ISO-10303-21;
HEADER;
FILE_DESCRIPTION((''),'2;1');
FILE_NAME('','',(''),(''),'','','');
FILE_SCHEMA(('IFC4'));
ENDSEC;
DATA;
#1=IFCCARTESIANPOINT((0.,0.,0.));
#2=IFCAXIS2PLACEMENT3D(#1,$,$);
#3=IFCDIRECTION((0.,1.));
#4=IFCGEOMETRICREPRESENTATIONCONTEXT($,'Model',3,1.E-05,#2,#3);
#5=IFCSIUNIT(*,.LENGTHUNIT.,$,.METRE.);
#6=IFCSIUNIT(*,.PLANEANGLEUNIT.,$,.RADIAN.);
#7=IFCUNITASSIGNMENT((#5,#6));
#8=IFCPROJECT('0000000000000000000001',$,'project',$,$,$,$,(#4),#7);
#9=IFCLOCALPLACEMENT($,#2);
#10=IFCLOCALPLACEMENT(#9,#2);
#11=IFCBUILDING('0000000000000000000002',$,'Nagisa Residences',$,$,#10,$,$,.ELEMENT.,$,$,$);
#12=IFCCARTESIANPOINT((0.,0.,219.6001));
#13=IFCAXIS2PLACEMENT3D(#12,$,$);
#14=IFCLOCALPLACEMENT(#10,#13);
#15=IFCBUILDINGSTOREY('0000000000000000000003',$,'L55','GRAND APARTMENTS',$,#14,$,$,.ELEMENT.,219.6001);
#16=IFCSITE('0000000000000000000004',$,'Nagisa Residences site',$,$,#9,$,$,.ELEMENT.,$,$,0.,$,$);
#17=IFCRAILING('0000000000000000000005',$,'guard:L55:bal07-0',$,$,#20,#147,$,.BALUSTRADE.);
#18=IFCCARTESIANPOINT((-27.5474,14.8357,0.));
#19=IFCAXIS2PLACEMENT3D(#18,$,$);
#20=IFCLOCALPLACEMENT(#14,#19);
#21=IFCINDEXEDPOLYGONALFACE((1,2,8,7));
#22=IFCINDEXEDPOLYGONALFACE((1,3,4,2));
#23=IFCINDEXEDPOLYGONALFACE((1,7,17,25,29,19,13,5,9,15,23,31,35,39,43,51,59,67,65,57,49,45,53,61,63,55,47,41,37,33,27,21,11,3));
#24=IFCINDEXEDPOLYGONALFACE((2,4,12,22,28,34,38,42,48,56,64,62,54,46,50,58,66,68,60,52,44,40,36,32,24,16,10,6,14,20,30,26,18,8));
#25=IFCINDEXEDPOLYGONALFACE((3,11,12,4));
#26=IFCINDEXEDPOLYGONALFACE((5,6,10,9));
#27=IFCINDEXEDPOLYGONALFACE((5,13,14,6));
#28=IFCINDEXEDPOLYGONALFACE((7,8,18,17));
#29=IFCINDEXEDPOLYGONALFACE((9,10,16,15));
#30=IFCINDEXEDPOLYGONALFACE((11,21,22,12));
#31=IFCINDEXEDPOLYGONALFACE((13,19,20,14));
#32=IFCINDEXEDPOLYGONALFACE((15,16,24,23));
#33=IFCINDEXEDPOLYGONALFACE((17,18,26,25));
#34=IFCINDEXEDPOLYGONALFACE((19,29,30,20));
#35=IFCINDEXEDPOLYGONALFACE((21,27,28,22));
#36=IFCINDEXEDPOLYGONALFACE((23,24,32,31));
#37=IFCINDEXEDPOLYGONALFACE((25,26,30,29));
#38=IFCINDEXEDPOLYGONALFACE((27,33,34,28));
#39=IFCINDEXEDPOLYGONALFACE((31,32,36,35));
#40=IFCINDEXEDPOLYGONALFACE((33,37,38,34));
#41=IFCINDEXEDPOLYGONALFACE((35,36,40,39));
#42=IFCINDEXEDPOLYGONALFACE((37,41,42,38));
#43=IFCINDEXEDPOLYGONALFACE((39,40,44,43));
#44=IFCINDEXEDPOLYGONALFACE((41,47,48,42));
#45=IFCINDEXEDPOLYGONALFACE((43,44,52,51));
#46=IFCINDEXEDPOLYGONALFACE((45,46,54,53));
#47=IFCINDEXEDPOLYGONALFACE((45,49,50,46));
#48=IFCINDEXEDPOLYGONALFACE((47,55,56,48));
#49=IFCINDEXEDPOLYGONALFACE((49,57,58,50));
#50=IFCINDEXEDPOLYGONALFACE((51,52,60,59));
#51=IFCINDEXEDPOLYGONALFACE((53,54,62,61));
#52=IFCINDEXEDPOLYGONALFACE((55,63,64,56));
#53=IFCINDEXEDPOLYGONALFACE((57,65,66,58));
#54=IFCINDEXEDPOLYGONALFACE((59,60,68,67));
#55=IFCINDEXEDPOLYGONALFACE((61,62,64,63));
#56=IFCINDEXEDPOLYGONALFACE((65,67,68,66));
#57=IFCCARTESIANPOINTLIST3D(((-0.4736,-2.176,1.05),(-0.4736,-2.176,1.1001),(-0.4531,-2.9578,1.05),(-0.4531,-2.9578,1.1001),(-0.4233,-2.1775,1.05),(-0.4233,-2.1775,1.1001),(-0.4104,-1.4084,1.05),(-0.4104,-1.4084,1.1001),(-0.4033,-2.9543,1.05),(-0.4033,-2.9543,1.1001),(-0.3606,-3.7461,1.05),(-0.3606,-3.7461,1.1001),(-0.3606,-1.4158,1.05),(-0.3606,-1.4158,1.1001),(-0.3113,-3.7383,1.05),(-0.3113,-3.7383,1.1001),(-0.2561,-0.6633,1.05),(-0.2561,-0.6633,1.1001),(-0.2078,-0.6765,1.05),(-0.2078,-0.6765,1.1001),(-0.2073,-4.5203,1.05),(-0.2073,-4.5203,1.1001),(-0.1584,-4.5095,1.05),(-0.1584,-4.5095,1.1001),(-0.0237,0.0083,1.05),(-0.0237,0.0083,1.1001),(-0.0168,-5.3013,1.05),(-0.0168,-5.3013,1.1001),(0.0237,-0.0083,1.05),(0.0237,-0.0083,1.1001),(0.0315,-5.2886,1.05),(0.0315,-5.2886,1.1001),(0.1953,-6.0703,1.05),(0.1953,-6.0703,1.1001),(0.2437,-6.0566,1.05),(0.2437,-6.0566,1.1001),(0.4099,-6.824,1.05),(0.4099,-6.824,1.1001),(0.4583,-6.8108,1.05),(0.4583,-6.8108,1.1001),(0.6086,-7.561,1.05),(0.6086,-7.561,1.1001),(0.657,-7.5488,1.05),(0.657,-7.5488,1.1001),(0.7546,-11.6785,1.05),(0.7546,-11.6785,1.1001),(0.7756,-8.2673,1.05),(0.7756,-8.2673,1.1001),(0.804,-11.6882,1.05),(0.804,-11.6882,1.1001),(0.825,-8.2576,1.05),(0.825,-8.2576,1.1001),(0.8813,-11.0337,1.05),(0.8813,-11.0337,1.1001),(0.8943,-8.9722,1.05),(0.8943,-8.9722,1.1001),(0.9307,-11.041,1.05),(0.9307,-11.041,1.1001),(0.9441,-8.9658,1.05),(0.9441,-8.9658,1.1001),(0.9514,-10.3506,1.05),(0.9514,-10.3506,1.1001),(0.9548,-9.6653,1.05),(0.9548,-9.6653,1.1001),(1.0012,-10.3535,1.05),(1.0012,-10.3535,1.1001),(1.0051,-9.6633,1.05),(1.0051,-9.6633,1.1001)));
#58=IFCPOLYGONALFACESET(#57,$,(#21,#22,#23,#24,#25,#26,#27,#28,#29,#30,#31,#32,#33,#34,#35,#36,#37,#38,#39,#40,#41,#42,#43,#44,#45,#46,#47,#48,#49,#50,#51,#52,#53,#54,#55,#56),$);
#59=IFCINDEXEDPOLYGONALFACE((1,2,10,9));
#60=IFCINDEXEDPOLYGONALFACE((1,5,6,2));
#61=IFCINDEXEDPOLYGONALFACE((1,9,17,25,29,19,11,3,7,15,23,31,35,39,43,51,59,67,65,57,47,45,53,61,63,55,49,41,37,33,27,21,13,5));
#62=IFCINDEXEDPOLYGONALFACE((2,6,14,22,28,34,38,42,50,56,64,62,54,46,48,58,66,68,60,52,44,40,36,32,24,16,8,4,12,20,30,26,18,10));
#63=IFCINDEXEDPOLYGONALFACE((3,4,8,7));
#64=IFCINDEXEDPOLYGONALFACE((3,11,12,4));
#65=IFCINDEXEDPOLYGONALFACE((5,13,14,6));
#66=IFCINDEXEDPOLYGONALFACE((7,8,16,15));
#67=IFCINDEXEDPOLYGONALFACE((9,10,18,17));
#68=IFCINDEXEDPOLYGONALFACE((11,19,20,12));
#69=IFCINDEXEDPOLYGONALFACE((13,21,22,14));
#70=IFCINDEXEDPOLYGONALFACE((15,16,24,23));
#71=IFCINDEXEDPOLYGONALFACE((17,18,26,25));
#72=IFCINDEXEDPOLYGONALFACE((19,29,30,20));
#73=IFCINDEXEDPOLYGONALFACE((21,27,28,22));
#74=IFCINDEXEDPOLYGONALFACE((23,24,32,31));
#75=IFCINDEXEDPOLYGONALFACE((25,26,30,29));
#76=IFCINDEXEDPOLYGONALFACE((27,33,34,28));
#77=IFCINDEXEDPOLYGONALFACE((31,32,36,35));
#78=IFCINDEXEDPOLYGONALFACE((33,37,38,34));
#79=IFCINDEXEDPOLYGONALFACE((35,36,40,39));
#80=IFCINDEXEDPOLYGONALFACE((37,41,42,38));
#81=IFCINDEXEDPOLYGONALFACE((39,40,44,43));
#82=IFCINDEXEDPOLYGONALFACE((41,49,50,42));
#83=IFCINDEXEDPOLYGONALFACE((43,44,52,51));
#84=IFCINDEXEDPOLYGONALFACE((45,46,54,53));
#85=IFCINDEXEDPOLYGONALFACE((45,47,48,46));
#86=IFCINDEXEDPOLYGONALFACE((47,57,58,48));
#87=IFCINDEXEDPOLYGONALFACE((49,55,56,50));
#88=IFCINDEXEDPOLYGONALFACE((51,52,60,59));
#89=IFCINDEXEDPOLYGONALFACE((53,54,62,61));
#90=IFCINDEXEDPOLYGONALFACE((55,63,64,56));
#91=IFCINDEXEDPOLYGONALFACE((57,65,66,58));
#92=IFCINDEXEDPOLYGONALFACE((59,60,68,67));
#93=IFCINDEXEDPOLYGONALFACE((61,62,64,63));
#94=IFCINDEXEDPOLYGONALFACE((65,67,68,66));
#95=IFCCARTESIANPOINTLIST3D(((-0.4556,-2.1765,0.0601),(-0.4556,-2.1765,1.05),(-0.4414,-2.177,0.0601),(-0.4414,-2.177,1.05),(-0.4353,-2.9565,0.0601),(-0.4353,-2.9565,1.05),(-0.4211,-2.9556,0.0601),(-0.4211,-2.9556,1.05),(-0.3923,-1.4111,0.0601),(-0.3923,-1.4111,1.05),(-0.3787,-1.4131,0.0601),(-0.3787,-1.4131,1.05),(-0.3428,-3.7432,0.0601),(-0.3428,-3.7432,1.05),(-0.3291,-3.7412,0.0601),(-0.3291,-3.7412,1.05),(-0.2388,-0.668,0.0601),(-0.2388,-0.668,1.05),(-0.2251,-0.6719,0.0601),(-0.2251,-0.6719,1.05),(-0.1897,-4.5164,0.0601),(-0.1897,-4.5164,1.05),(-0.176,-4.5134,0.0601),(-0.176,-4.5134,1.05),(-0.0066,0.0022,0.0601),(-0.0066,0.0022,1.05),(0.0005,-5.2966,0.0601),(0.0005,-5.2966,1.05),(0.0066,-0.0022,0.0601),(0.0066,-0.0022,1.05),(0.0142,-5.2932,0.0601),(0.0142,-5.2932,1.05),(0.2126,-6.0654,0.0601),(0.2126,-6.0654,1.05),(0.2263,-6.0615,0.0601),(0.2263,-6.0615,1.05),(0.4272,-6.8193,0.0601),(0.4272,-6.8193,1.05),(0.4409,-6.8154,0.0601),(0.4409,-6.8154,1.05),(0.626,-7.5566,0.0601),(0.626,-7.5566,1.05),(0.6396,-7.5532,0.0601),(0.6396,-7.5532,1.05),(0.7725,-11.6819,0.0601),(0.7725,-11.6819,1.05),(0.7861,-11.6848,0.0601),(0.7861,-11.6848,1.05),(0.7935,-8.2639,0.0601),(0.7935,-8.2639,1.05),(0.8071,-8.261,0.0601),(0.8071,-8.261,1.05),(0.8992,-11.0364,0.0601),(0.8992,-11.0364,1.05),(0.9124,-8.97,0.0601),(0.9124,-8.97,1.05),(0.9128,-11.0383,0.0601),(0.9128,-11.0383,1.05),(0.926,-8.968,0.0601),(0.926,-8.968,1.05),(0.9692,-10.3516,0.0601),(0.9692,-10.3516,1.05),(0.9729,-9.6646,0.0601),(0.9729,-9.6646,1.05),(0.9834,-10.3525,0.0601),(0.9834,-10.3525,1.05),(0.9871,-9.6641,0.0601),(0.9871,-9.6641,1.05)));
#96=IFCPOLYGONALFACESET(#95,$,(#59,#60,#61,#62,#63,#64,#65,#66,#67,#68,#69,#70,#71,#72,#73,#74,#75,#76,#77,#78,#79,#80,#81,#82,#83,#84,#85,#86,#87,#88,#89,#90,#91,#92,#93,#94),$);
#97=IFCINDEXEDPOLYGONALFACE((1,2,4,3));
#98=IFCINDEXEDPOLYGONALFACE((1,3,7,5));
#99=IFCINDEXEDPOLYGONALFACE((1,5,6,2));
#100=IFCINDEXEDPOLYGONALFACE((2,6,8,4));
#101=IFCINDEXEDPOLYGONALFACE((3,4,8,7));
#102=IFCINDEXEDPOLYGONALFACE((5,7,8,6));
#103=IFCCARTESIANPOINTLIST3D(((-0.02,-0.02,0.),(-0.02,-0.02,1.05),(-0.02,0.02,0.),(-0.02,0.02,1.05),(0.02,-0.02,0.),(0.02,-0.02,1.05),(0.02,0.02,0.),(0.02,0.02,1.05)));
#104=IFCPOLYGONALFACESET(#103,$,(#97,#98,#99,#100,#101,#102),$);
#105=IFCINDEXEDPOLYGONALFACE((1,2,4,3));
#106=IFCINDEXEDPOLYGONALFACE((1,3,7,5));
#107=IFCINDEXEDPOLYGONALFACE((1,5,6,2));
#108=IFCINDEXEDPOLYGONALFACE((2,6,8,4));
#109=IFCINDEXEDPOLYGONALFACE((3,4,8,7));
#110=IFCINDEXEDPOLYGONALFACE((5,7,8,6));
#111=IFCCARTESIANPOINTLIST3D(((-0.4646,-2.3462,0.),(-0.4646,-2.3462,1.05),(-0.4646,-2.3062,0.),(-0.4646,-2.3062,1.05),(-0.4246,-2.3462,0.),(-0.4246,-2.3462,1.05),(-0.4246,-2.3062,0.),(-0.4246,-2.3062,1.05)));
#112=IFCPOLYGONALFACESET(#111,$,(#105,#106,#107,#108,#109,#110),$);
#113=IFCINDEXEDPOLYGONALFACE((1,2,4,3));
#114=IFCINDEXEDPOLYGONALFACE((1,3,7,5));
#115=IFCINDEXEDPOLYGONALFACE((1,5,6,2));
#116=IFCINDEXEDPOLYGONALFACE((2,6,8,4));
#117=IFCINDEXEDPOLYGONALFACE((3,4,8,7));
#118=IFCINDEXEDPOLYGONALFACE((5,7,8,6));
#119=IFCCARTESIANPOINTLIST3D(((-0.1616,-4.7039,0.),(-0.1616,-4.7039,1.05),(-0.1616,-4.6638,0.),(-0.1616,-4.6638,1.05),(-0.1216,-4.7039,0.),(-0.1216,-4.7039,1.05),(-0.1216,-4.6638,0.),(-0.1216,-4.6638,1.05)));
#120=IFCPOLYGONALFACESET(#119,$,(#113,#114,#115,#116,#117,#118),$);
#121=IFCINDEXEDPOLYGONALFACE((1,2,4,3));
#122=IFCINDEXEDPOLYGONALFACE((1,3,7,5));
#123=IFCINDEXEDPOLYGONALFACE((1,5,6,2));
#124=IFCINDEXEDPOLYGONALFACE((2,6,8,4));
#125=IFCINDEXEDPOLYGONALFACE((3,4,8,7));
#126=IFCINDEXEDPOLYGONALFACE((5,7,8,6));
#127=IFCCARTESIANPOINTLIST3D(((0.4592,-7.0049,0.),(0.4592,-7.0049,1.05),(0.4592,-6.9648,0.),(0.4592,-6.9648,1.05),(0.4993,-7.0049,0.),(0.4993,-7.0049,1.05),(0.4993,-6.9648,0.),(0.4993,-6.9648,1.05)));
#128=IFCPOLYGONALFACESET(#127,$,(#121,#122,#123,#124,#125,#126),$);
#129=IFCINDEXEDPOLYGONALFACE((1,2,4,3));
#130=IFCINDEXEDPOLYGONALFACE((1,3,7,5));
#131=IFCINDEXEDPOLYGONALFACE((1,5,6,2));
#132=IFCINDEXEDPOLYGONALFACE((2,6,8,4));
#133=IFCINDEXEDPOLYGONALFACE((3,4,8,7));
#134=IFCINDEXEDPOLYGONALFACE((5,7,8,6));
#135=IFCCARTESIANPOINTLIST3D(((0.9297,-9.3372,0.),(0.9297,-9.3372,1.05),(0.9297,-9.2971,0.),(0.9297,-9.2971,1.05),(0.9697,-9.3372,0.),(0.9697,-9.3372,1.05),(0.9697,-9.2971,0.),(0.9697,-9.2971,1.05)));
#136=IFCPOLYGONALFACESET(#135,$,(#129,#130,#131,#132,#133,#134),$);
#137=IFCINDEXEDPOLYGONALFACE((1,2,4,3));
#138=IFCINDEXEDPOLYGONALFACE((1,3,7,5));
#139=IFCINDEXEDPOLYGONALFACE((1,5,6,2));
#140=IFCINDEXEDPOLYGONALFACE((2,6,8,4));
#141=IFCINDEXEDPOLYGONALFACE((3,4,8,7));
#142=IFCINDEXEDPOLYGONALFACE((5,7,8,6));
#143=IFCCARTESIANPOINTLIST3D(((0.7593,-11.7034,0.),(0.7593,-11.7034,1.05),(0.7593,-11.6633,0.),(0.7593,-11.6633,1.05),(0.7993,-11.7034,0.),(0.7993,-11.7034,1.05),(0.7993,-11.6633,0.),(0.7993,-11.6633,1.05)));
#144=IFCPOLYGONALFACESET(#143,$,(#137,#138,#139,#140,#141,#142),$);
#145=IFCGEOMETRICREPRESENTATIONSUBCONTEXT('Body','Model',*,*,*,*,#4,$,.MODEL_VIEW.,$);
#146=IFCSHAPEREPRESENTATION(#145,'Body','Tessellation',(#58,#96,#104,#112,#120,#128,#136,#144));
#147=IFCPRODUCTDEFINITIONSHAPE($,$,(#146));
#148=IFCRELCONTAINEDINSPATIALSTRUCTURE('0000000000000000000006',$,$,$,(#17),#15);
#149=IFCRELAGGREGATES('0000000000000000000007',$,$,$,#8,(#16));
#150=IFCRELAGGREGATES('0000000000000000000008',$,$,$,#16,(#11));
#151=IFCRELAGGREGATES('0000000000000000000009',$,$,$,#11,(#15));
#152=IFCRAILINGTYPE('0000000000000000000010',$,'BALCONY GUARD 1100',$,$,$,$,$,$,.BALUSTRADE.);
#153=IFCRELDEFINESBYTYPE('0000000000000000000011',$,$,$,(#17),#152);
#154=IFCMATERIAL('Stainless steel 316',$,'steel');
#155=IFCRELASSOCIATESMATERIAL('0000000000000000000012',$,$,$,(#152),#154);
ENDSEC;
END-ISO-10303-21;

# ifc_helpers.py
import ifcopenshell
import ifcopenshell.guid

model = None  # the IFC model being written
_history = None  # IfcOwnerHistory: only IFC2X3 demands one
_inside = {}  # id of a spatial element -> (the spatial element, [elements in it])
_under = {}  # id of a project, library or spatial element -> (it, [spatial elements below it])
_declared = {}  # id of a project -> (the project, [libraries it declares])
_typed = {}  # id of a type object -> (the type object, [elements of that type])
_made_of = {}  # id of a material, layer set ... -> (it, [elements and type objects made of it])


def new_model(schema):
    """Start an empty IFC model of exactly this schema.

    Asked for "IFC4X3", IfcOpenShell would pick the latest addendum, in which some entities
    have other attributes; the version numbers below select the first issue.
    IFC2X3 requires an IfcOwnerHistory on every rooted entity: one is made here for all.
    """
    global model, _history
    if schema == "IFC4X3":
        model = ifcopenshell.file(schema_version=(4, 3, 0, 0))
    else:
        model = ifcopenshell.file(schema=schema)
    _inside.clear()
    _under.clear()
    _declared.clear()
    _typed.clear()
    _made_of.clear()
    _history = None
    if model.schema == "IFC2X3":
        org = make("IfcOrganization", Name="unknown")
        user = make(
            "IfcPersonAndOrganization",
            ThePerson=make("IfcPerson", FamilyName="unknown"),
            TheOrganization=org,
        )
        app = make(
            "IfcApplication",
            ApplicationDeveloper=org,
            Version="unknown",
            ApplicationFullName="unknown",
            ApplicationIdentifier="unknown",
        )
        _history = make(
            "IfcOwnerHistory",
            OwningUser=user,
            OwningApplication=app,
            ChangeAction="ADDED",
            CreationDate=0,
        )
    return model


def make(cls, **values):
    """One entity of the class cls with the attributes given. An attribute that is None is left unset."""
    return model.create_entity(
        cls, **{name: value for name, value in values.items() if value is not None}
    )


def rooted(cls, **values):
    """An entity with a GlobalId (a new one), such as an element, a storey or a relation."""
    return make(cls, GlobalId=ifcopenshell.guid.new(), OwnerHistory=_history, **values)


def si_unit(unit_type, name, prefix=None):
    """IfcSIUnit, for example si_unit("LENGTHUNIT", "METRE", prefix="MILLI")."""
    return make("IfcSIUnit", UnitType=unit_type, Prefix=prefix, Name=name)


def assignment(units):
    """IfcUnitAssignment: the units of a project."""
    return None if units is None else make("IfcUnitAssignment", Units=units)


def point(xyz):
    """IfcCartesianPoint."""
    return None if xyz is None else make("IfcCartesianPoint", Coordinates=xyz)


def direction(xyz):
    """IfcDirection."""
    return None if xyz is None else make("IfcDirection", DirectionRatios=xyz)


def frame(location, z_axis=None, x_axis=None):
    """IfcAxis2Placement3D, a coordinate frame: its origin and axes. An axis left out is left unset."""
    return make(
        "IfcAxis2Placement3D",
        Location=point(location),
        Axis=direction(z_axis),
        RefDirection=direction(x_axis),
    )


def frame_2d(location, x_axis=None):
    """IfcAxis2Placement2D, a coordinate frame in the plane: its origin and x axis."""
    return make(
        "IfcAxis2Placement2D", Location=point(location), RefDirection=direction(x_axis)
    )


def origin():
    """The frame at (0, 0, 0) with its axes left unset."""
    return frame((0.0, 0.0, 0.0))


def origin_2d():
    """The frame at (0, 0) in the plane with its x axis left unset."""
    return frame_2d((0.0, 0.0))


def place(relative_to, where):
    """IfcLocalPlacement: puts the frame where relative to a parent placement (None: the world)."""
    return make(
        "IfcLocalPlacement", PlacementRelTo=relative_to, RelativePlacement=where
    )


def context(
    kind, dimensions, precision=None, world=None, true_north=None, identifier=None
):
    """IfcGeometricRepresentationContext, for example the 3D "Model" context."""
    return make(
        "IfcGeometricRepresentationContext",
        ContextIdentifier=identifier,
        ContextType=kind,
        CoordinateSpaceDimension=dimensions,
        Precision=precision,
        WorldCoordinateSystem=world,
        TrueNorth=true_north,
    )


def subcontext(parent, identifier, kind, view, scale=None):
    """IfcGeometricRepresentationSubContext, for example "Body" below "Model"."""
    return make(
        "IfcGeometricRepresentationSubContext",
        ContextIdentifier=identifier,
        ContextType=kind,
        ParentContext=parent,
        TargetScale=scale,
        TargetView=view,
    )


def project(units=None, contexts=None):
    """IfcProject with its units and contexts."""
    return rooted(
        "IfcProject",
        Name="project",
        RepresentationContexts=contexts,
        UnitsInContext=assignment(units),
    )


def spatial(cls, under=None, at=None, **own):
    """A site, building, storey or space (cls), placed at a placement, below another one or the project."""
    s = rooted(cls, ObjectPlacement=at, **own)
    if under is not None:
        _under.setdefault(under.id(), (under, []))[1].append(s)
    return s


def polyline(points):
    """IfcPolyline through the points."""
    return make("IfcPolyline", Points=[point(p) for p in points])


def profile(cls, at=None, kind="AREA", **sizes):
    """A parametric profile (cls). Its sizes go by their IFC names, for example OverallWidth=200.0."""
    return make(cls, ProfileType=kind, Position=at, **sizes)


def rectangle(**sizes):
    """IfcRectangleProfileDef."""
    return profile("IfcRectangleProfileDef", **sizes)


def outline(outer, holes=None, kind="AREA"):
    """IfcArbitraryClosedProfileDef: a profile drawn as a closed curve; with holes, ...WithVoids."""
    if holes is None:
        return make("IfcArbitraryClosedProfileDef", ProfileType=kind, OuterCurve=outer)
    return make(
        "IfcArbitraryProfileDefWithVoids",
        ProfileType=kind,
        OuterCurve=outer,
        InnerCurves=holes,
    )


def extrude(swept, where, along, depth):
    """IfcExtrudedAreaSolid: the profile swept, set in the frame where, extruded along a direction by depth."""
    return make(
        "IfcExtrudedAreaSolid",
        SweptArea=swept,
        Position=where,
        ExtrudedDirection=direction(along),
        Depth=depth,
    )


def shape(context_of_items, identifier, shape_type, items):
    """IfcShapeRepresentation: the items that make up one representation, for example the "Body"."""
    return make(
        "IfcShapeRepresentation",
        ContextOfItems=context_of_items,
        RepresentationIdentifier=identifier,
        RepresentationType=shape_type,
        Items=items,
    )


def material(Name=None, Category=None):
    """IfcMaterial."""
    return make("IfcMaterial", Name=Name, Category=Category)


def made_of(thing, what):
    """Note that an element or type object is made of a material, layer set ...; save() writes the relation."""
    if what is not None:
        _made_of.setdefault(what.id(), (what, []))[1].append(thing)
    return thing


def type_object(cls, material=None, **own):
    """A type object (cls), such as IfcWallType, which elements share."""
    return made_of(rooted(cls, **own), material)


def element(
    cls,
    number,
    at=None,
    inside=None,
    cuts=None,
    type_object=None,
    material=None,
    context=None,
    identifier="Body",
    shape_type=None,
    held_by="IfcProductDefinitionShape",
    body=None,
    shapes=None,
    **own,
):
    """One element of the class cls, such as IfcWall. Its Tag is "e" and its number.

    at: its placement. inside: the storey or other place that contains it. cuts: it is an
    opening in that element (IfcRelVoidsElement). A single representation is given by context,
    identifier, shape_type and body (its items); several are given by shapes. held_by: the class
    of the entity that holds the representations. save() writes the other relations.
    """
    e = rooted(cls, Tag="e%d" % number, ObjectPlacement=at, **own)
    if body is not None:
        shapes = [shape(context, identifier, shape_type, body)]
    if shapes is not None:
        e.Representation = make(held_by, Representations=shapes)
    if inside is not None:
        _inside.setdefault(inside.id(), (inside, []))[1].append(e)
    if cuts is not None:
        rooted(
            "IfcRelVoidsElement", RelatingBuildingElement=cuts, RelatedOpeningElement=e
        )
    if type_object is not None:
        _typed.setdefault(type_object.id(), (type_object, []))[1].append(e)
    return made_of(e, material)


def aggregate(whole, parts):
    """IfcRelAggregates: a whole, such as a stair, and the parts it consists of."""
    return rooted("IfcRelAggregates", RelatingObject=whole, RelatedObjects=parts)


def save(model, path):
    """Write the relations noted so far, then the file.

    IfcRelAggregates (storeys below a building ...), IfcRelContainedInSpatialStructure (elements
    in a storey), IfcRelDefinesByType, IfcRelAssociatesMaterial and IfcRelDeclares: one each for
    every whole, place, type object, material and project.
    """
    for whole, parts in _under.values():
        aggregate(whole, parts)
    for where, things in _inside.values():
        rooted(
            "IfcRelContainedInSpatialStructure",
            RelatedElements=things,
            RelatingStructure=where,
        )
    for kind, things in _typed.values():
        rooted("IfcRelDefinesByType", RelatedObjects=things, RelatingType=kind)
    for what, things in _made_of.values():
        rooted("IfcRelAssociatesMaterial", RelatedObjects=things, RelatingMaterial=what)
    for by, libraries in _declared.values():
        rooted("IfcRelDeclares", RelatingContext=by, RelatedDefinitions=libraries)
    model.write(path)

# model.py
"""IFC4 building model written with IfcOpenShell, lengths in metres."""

from ifc_helpers import new_model, si_unit, direction, frame, origin, origin_2d, place, context, subcontext, project, spatial, polyline, rectangle, outline, extrude, material, type_object, element, save


model = new_model("IFC4")

# Units and contexts
model_context = context("Model", 3, precision=1e-05, world=origin(), true_north=direction((0.0, 1.0)))
body_context = subcontext(model_context, "Body", "Model", "MODEL_VIEW")
ifc_project = project(units=[si_unit("LENGTHUNIT", "METRE"), si_unit("PLANEANGLEUNIT", "RADIAN")], contexts=[model_context])

# Site, building, storey
site_placement = place(None, origin())
site = spatial("IfcSite", under=ifc_project, at=site_placement, Name="Nagisa Residences site", CompositionType="ELEMENT", RefElevation=0.0)
building_placement = place(site_placement, origin())
building = spatial("IfcBuilding", under=site, at=building_placement, Name="Nagisa Residences", CompositionType="ELEMENT")
storey_placement = place(building_placement, frame((0.0, 0.0, 219.6001)))
storey = spatial("IfcBuildingStorey", under=building, at=storey_placement, Name="L55", Description="GRAND APARTMENTS", CompositionType="ELEMENT", Elevation=219.6001)

# Railing
ifc_material_1 = material(Name="Stainless steel 316", Category="steel")
railing_type = type_object("IfcRailingType", Name="BALCONY GUARD 1100", PredefinedType="BALUSTRADE", material=ifc_material_1)
railing_1_placement = place(storey_placement, frame((-27.5474, 14.8357, 0.0)))
element("IfcRailing", 1, at=railing_1_placement, inside=storey, type_object=railing_type, Name="guard:L55:bal07-0", PredefinedType="BALUSTRADE", context=body_context, shape_type="SweptSolid", body=[
    extrude(outline(polyline([(-0.2078, -0.6765), (0.0237, -0.0083), (-0.0237, 0.0083), (-0.2561, -0.6633), (-0.4104, -1.4084), (-0.4736, -2.176), (-0.4531, -2.9578), (-0.3606, -3.7461), (-0.2073, -4.5203), (-0.0168, -5.3013), (0.1953, -6.0703), (0.4099, -6.824), (0.6086, -7.561), (0.7756, -8.2673), (0.8943, -8.9722), (0.9548, -9.6653), (0.9514, -10.3506), (0.8813, -11.0337), (0.7546, -11.6785), (0.804, -11.6882), (0.9307, -11.041), (1.0012, -10.3535), (1.0051, -9.6633), (0.9441, -8.9658), (0.825, -8.2576), (0.657, -7.5488), (0.4583, -6.8108), (0.2437, -6.0566), (0.0315, -5.2886), (-0.1584, -4.5095), (-0.3113, -3.7383), (-0.4033, -2.9543), (-0.4233, -2.1775), (-0.3606, -1.4158), (-0.2078, -0.6765)])), frame((0.0, 0.0, 1.05)), (0.0, 0.0, 1.0), 0.05),
    extrude(outline(polyline([(-0.2251, -0.6719), (0.0066, -0.0022), (-0.0066, 0.0022), (-0.2388, -0.668), (-0.3923, -1.4111), (-0.4556, -2.1765), (-0.4353, -2.9565), (-0.3428, -3.7432), (-0.1897, -4.5164), (0.0005, -5.2966), (0.2126, -6.0654), (0.4272, -6.8193), (0.626, -7.5566), (0.7935, -8.2639), (0.9124, -8.97), (0.9729, -9.6646), (0.9692, -10.3516), (0.8992, -11.0364), (0.7725, -11.6819), (0.7861, -11.6848), (0.9128, -11.0383), (0.9834, -10.3525), (0.9871, -9.6641), (0.926, -8.968), (0.8071, -8.261), (0.6396, -7.5532), (0.4409, -6.8154), (0.2263, -6.0615), (0.0142, -5.2932), (-0.176, -4.5134), (-0.3291, -3.7412), (-0.4211, -2.9556), (-0.4414, -2.177), (-0.3787, -1.4131), (-0.2251, -0.6719)])), frame((0.0, 0.0, 0.0601)), (0.0, 0.0, 1.0), 0.99),
    extrude(rectangle(XDim=0.04, YDim=0.04, at=origin_2d()), origin(), (0.0, 0.0, 1.0), 1.05),
    extrude(rectangle(XDim=0.04, YDim=0.04, at=origin_2d()), frame((-0.4446, -2.3262, 0.0)), (0.0, 0.0, 1.0), 1.05),
    extrude(rectangle(XDim=0.04, YDim=0.04, at=origin_2d()), frame((-0.1416, -4.6838, 0.0)), (0.0, 0.0, 1.0), 1.05),
    extrude(rectangle(XDim=0.04, YDim=0.04, at=origin_2d()), frame((0.4792, -6.9849, 0.0)), (0.0, 0.0, 1.0), 1.05),
    extrude(rectangle(XDim=0.04, YDim=0.04, at=origin_2d()), frame((0.9497, -9.3171, 0.0)), (0.0, 0.0, 1.0), 1.05),
    extrude(rectangle(XDim=0.04, YDim=0.04, at=origin_2d()), frame((0.7793, -11.6833, 0.0)), (0.0, 0.0, 1.0), 1.05),
])

save(model, "model.ifc")
